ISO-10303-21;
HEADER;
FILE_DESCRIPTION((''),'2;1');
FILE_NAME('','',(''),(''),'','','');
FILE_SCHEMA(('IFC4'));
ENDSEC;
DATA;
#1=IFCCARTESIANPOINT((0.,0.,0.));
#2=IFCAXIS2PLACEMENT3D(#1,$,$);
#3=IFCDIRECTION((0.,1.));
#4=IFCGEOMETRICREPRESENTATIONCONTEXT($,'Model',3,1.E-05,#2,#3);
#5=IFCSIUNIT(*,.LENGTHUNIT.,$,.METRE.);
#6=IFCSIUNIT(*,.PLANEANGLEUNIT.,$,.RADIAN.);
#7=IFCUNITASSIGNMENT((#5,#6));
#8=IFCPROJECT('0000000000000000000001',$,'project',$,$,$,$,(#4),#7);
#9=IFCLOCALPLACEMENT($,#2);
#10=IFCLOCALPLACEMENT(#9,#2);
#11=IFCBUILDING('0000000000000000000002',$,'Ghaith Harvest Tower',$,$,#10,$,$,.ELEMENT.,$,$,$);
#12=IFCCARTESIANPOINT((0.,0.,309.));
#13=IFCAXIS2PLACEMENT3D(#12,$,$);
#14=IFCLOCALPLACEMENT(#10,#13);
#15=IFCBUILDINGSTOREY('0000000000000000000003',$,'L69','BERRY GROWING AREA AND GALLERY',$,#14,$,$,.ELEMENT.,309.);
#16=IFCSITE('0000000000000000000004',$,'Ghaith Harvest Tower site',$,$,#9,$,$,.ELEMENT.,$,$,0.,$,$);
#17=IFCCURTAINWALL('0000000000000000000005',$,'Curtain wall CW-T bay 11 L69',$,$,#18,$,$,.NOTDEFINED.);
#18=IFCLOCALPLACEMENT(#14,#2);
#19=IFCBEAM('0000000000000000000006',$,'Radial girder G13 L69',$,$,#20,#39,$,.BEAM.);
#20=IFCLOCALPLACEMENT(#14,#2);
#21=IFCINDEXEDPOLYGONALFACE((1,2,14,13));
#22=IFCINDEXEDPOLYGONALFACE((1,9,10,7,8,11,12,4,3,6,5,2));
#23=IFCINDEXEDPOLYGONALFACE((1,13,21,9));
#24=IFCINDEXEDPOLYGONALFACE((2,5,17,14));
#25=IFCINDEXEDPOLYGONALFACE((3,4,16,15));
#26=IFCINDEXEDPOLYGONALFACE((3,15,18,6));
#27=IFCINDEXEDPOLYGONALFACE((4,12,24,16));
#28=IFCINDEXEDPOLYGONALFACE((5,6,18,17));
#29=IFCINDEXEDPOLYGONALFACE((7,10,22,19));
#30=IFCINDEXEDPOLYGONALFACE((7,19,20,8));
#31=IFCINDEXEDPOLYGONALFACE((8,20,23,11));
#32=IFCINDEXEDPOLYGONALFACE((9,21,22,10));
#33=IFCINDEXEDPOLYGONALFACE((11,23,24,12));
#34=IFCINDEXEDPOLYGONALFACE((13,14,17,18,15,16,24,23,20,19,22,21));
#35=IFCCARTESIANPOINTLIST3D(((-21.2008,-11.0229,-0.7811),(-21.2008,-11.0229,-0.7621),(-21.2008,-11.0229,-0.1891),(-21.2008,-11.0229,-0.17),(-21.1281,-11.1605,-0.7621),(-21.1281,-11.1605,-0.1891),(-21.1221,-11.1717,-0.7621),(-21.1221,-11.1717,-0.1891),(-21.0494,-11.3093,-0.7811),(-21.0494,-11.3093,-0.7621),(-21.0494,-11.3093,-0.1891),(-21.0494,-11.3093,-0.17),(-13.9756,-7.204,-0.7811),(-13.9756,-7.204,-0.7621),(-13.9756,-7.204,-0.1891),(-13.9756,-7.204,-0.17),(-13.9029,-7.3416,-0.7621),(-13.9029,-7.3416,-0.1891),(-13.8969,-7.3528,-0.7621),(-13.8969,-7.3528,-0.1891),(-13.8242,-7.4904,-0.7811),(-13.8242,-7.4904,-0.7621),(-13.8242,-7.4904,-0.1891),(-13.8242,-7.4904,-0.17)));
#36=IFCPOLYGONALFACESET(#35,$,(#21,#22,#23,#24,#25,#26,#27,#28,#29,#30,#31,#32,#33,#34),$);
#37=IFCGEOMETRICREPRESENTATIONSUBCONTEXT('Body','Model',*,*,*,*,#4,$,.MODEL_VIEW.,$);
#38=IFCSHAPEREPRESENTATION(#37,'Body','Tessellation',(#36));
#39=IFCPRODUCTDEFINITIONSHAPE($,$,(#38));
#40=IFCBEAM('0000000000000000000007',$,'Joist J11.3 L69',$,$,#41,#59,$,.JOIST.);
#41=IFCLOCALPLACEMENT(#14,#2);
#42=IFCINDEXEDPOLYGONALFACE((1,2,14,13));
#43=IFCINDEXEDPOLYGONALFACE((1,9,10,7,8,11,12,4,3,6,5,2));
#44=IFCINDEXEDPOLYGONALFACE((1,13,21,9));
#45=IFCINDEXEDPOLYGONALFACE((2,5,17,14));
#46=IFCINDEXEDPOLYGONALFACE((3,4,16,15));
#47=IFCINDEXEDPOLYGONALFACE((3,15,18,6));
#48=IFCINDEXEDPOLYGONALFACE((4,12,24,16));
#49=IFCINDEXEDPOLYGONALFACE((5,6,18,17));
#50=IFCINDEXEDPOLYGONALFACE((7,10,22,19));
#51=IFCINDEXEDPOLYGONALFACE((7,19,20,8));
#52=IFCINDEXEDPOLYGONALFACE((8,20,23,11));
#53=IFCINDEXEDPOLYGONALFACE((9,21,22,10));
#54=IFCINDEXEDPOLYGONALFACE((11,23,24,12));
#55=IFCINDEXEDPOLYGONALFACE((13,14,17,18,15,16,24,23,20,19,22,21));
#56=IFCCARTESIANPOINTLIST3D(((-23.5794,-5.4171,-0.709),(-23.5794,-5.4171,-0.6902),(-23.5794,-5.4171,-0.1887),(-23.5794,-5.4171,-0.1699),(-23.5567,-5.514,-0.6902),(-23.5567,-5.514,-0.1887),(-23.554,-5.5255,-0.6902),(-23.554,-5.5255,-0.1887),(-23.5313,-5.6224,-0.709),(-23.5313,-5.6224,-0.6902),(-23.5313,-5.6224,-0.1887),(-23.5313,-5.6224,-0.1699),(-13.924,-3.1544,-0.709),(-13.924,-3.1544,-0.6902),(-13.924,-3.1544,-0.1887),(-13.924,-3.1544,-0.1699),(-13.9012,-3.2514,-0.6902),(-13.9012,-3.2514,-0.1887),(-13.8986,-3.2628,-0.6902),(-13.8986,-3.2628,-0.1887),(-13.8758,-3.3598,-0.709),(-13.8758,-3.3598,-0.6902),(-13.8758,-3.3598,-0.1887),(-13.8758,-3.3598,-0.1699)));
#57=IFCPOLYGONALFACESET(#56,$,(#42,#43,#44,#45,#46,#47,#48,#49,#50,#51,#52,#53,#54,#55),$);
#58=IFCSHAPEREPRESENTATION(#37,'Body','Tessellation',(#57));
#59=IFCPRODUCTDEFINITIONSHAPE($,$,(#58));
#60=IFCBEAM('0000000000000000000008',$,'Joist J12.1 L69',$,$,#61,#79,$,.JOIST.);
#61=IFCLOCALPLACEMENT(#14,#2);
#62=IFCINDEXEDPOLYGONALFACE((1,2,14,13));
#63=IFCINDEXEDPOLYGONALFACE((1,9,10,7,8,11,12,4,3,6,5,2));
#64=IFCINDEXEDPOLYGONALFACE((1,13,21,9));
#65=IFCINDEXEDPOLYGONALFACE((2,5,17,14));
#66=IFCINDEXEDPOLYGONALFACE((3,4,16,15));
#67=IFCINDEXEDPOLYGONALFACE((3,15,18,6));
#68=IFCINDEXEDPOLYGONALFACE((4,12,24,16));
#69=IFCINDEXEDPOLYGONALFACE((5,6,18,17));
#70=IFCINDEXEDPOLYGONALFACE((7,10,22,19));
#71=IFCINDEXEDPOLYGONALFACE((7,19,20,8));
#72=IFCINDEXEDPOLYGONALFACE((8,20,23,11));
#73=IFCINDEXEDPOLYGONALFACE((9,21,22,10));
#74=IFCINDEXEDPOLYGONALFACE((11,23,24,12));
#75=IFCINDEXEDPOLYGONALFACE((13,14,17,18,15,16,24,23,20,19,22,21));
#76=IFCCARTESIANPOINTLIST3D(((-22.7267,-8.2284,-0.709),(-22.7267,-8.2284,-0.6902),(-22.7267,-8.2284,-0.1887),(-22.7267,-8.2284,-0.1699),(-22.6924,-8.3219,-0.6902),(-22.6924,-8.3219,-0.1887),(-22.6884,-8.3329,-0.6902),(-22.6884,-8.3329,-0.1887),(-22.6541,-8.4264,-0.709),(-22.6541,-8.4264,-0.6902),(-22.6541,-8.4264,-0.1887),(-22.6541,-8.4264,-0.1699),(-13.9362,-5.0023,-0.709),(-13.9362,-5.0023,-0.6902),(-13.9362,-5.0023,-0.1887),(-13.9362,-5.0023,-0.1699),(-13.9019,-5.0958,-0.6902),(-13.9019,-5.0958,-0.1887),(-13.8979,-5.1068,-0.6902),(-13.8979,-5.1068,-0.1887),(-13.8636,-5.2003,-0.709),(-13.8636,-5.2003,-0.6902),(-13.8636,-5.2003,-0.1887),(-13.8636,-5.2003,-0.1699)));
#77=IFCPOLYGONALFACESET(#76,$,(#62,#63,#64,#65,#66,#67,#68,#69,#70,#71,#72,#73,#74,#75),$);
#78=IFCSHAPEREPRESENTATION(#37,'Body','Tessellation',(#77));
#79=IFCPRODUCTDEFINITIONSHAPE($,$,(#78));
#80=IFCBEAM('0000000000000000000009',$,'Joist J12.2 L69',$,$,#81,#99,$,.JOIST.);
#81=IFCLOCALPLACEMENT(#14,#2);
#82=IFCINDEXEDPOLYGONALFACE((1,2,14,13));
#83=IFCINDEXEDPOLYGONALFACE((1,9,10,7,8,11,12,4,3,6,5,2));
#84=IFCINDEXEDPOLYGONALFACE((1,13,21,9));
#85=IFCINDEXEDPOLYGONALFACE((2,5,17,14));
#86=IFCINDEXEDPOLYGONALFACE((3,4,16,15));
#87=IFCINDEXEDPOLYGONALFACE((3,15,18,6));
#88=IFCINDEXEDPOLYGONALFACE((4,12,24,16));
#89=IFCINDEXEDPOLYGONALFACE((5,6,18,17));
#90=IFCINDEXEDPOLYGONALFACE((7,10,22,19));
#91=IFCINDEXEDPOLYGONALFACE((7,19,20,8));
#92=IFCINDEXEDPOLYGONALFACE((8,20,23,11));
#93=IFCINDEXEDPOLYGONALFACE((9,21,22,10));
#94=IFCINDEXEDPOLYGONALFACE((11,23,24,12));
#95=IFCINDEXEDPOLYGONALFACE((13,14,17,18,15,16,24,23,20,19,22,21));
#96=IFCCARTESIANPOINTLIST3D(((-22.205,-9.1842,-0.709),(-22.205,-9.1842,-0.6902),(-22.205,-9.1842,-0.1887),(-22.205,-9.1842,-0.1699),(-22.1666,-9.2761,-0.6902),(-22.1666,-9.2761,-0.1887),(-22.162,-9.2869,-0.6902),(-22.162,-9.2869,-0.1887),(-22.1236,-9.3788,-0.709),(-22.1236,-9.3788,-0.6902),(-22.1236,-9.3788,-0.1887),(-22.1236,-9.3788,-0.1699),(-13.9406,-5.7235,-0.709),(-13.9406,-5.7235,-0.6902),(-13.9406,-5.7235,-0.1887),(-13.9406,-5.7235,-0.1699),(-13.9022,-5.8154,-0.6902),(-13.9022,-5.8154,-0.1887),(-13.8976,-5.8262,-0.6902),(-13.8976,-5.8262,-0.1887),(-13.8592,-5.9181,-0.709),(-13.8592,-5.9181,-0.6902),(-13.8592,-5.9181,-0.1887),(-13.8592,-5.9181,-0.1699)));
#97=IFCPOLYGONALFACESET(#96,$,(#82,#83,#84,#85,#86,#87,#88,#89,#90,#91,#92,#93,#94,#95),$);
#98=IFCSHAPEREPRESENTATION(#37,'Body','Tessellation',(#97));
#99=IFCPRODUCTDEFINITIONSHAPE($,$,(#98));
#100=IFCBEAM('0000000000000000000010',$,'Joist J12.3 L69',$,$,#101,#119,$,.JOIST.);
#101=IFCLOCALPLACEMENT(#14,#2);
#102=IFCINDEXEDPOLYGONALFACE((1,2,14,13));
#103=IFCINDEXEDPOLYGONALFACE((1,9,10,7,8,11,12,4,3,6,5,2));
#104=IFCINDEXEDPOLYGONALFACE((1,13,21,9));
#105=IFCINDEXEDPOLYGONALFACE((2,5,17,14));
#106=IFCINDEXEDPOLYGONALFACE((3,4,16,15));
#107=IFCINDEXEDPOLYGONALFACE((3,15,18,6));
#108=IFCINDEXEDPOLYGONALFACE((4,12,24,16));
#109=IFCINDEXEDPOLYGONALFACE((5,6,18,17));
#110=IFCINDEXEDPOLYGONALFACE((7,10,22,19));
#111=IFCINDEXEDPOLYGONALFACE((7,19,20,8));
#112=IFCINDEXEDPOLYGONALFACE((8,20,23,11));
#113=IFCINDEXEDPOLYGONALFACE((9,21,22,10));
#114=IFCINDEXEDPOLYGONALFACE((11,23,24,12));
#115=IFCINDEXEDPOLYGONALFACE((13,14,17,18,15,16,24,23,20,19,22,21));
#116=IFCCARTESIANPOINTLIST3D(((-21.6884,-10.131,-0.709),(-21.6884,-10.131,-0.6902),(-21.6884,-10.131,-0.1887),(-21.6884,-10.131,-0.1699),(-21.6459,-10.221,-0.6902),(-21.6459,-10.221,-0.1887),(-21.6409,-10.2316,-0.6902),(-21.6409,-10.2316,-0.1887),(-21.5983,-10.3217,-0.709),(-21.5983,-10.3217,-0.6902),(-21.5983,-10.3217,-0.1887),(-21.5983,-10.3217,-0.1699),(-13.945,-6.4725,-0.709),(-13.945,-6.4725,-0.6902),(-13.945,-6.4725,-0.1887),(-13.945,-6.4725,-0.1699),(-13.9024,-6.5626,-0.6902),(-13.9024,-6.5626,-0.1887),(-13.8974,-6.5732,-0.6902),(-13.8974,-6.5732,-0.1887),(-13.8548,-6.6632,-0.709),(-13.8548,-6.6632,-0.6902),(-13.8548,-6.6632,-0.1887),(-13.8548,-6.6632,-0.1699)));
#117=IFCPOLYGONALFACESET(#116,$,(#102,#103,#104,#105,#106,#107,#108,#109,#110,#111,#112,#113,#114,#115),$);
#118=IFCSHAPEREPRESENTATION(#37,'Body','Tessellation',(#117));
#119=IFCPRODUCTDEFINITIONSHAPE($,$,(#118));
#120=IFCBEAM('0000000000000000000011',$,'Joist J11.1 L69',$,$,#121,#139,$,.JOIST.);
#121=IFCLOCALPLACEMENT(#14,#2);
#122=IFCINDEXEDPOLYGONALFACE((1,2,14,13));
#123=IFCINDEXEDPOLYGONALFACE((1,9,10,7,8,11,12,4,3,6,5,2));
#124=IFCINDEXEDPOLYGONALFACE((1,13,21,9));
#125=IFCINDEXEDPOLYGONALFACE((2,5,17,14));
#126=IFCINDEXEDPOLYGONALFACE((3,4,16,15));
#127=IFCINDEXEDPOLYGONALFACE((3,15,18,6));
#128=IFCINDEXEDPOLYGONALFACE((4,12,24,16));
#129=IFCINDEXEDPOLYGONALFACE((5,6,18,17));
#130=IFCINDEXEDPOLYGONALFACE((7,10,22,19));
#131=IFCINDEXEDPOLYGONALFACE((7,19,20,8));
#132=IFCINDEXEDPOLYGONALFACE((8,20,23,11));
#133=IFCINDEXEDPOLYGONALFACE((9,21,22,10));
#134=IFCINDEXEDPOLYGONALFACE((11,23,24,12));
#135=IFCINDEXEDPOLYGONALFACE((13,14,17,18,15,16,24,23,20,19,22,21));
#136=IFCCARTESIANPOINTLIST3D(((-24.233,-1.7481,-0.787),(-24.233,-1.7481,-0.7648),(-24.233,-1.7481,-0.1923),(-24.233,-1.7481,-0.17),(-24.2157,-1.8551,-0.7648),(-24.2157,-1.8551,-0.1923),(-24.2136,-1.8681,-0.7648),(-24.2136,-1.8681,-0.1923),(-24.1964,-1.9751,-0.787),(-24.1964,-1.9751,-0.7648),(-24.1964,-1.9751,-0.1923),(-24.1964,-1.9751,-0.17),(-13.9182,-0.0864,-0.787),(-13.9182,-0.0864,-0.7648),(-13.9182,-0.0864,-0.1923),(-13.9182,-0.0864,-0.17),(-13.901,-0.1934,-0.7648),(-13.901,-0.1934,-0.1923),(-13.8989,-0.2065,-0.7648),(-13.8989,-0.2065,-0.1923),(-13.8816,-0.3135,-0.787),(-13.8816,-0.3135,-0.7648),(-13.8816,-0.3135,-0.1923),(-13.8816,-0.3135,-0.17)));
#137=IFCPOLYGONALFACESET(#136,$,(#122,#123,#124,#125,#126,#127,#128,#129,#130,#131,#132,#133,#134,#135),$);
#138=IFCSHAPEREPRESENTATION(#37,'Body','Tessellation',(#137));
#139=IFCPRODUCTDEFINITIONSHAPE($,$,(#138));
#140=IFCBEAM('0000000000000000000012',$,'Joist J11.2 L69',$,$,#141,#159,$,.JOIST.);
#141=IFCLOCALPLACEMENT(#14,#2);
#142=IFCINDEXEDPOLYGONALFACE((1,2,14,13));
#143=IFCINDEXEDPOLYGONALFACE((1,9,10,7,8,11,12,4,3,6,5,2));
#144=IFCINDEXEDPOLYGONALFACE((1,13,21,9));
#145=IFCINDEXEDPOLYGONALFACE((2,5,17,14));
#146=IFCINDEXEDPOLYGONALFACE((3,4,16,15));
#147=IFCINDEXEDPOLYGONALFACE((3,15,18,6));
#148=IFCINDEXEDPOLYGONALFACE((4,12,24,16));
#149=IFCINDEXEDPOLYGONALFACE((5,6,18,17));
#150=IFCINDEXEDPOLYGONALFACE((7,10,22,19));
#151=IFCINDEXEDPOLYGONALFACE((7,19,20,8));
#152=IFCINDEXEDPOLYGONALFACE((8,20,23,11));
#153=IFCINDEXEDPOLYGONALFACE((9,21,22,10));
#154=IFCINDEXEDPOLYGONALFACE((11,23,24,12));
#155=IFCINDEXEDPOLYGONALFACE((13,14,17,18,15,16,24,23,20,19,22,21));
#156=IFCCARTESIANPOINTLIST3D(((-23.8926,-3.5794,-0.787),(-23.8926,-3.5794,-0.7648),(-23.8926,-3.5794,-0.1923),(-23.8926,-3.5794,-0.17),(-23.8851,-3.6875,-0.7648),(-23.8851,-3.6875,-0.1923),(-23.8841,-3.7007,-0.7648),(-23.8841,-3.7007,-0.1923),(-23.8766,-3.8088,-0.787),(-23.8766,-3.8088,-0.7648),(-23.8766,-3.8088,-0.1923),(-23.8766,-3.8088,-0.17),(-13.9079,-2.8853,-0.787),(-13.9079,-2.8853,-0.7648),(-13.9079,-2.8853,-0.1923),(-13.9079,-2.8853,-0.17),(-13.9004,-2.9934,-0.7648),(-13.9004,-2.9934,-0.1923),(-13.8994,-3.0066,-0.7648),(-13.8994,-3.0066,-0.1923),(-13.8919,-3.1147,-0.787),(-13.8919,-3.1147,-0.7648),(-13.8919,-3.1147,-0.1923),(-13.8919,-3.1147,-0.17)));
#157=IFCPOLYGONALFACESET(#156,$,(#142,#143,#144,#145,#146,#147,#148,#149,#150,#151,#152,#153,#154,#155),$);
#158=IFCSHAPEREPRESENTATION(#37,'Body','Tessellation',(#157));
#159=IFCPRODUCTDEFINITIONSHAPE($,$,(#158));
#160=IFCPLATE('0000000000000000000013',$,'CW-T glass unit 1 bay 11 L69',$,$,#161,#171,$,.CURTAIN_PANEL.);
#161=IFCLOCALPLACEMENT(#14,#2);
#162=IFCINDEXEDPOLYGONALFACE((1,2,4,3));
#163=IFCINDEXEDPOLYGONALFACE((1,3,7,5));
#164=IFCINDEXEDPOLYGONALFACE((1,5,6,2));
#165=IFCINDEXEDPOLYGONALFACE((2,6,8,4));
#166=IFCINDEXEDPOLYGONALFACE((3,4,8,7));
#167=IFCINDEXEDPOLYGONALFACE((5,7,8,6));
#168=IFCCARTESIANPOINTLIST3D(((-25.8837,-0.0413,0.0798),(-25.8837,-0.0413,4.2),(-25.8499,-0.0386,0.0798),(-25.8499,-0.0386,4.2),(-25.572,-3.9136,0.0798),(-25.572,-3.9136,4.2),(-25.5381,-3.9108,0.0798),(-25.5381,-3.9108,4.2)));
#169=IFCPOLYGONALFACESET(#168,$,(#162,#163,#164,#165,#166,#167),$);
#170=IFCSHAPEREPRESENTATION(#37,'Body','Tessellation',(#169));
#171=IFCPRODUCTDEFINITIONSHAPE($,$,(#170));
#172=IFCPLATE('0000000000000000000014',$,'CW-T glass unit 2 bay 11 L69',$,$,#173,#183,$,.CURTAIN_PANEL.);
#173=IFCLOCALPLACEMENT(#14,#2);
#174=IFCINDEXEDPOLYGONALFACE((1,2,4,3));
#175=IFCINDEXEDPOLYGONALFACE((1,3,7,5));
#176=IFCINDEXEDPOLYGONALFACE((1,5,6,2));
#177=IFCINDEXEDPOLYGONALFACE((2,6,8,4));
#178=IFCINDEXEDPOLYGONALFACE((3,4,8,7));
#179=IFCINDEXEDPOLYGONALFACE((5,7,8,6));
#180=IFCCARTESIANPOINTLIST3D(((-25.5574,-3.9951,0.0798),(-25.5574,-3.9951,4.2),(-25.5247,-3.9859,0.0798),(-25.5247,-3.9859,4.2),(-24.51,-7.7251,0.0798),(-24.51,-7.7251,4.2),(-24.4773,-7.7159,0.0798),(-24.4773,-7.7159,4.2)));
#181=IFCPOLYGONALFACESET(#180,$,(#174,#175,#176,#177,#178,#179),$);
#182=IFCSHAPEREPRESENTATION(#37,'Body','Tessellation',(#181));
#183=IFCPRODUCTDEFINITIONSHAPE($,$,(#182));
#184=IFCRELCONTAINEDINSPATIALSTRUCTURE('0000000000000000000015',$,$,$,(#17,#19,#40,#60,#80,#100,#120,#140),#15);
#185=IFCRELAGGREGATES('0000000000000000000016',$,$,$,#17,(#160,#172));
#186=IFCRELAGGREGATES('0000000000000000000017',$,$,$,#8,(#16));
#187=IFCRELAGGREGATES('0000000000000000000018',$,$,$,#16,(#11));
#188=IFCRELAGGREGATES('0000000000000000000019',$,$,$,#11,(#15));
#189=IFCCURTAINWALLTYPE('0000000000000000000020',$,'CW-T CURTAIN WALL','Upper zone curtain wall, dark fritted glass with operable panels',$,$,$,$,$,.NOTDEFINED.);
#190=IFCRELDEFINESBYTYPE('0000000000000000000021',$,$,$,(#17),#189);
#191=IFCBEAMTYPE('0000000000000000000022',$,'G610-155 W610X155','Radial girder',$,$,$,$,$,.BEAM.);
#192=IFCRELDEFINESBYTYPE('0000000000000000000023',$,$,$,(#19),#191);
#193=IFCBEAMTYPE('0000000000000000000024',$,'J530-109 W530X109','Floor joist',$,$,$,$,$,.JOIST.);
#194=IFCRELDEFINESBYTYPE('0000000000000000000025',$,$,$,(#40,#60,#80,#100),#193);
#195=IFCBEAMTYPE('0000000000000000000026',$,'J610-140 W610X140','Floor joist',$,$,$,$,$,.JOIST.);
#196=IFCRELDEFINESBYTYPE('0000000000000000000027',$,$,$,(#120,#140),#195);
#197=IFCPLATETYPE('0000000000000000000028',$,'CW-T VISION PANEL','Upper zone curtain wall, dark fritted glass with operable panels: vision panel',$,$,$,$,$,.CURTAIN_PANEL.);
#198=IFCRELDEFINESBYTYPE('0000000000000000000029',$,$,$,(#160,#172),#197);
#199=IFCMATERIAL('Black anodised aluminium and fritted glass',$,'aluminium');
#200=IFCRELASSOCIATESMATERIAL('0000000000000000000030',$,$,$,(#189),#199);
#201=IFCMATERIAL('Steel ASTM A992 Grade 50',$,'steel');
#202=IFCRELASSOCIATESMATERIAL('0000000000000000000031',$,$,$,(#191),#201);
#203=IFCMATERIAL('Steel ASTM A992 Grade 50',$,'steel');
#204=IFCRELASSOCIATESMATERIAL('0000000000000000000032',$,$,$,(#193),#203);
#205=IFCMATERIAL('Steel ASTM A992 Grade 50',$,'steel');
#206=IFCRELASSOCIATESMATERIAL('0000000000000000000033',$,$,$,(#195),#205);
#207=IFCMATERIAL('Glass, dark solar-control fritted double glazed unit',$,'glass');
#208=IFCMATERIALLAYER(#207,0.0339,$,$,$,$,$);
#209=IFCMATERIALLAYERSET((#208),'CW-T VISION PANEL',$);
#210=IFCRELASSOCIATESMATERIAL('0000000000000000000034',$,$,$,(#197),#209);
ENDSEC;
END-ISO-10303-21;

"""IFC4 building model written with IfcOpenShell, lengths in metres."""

from ifc_helpers import new_model, si_unit, direction, frame, origin, origin_2d, place, context, subcontext, project, spatial, rectangle, i_section, extrude, material, layer, layer_set, material_profile, profile_set, type_object, element, aggregate, save


model = new_model("IFC4")

# Units and contexts
model_context = context("Model", 3, precision=1e-05, world=origin(), true_north=direction((0.0, 1.0)))
body_context = subcontext(model_context, "Body", "Model", "MODEL_VIEW")
ifc_project = project(units=[si_unit("LENGTHUNIT", "METRE"), si_unit("PLANEANGLEUNIT", "RADIAN")], contexts=[model_context])

# Site, building, storey
site_placement = place(None, origin())
site = spatial("IfcSite", under=ifc_project, at=site_placement, Name="Ghaith Harvest Tower site", CompositionType="ELEMENT", RefElevation=0.0)
building_placement = place(site_placement, origin())
building = spatial("IfcBuilding", under=site, at=building_placement, Name="Ghaith Harvest Tower", CompositionType="ELEMENT")
storey_placement = place(building_placement, frame((0.0, 0.0, 309.0)))
storey = spatial("IfcBuildingStorey", under=building, at=storey_placement, Name="L69", Description="BERRY GROWING AREA AND GALLERY", CompositionType="ELEMENT", Elevation=309.0)

# Curtain wall
ifc_material_1 = material(Name="Black anodised aluminium and fritted glass", Category="aluminium")
curtain_wall_type = type_object("IfcCurtainWallType", Name="CW-T CURTAIN WALL", Description="Upper zone curtain wall, dark fritted glass with operable panels", PredefinedType="NOTDEFINED", material=ifc_material_1)
curtain_wall_1_placement = place(storey_placement, origin())
curtain_wall_1 = element("IfcCurtainWall", 1, at=curtain_wall_1_placement, inside=storey, type_object=curtain_wall_type, Name="Curtain wall CW-T bay 11 L69", PredefinedType="NOTDEFINED")

# Beams
ifc_material_2 = material(Name="Steel ASTM A992 Grade 50", Category="steel")
ifc_material_profile_1 = material_profile(ifc_material_2, i_section(OverallWidth=0.324, OverallDepth=0.6111, WebThickness=0.0127, FlangeThickness=0.019, at=origin_2d()), Name="W610X155")
ifc_profile_set_1 = profile_set([ifc_material_profile_1], Name="Steel ASTM A992 Grade 50")
beam_type_1 = type_object("IfcBeamType", Name="G610-155 W610X155", Description="Radial girder", PredefinedType="BEAM", material=ifc_profile_set_1)
beam_1_placement = place(storey_placement, frame((-13.8999, -7.3472, -0.4756), z_axis=(-0.884102, -0.467295, 0.0), x_axis=(0.467295, -0.884102, 0.0)))
element("IfcBeam", 2, at=beam_1_placement, inside=storey, type_object=beam_type_1, Name="Radial girder G13 L69", PredefinedType="BEAM", context=body_context, shape_type="SweptSolid", body=[
    extrude(i_section(OverallWidth=0.324, OverallDepth=0.6111, WebThickness=0.0127, FlangeThickness=0.019, at=origin_2d()), origin(), (0.0, 0.0, 1.0), 8.1724),
])
ifc_material_3 = material(Name="Steel ASTM A992 Grade 50", Category="steel")
ifc_material_profile_2 = material_profile(ifc_material_3, i_section(OverallWidth=0.2109, OverallDepth=0.5391, WebThickness=0.0117, FlangeThickness=0.0188, at=origin_2d()), Name="W530X109")
ifc_profile_set_2 = profile_set([ifc_material_profile_2], Name="Steel ASTM A992 Grade 50")
beam_type_2 = type_object("IfcBeamType", Name="J530-109 W530X109", Description="Floor joist", PredefinedType="JOIST", material=ifc_profile_set_2)
beam_2_placement = place(storey_placement, frame((-13.8999, -3.2571, -0.4395), z_axis=(-0.973623, -0.228161, 0.0), x_axis=(0.228161, -0.973623, 0.0)))
element("IfcBeam", 3, at=beam_2_placement, inside=storey, type_object=beam_type_2, Name="Joist J11.3 L69", PredefinedType="JOIST", context=body_context, shape_type="SweptSolid", body=[
    extrude(i_section(OverallWidth=0.2109, OverallDepth=0.5391, WebThickness=0.0117, FlangeThickness=0.0188, at=origin_2d()), origin(), (0.0, 0.0, 1.0), 9.917),
])
beam_3_placement = place(storey_placement, frame((-13.8999, -5.1013, -0.4395), z_axis=(-0.938777, -0.344526, 0.0), x_axis=(0.344526, -0.938777, 0.0)))
element("IfcBeam", 4, at=beam_3_placement, inside=storey, type_object=beam_type_2, Name="Joist J12.1 L69", PredefinedType="JOIST", context=body_context, shape_type="SweptSolid", body=[
    extrude(i_section(OverallWidth=0.2109, OverallDepth=0.5391, WebThickness=0.0117, FlangeThickness=0.0188, at=origin_2d()), origin(), (0.0, 0.0, 1.0), 9.3638),
])
beam_4_placement = place(storey_placement, frame((-13.8999, -5.8208, -0.4395), z_axis=(-0.922394, -0.38625, 0.0), x_axis=(0.38625, -0.922394, 0.0)))
element("IfcBeam", 5, at=beam_4_placement, inside=storey, type_object=beam_type_2, Name="Joist J12.2 L69", PredefinedType="JOIST", context=body_context, shape_type="SweptSolid", body=[
    extrude(i_section(OverallWidth=0.2109, OverallDepth=0.5391, WebThickness=0.0117, FlangeThickness=0.0188, at=origin_2d()), origin(), (0.0, 0.0, 1.0), 8.9597),
])
beam_5_placement = place(storey_placement, frame((-13.8999, -6.5679, -0.4395), z_axis=(-0.904166, -0.427182, 0.0), x_axis=(0.427182, -0.904166, 0.0)))
element("IfcBeam", 6, at=beam_5_placement, inside=storey, type_object=beam_type_2, Name="Joist J12.3 L69", PredefinedType="JOIST", context=body_context, shape_type="SweptSolid", body=[
    extrude(i_section(OverallWidth=0.2109, OverallDepth=0.5391, WebThickness=0.0117, FlangeThickness=0.0188, at=origin_2d()), origin(), (0.0, 0.0, 1.0), 8.5642),
])
ifc_material_4 = material(Name="Steel ASTM A992 Grade 50", Category="steel")
ifc_material_profile_3 = material_profile(ifc_material_4, i_section(OverallWidth=0.23, OverallDepth=0.6169, WebThickness=0.0132, FlangeThickness=0.0222, at=origin_2d()), Name="W610X140")
ifc_profile_set_3 = profile_set([ifc_material_profile_3], Name="Steel ASTM A992 Grade 50")
beam_type_3 = type_object("IfcBeamType", Name="J610-140 W610X140", Description="Floor joist", PredefinedType="JOIST", material=ifc_profile_set_3)
beam_6_placement = place(storey_placement, frame((-13.8999, -0.2, -0.4785), z_axis=(-0.987272, -0.159042, 0.0), x_axis=(0.159042, -0.987272, 0.0)))
element("IfcBeam", 7, at=beam_6_placement, inside=storey, type_object=beam_type_3, Name="Joist J11.1 L69", PredefinedType="JOIST", context=body_context, shape_type="SweptSolid", body=[
    extrude(i_section(OverallWidth=0.23, OverallDepth=0.6169, WebThickness=0.0132, FlangeThickness=0.0222, at=origin_2d()), origin(), (0.0, 0.0, 1.0), 10.4478),
])
beam_7_placement = place(storey_placement, frame((-13.8999, -3.0, -0.4785), z_axis=(-0.997592, -0.069349, 0.0), x_axis=(0.069349, -0.997592, 0.0)))
element("IfcBeam", 8, at=beam_7_placement, inside=storey, type_object=beam_type_3, Name="Joist J11.2 L69", PredefinedType="JOIST", context=body_context, shape_type="SweptSolid", body=[
    extrude(i_section(OverallWidth=0.23, OverallDepth=0.6169, WebThickness=0.0132, FlangeThickness=0.0222, at=origin_2d()), origin(), (0.0, 0.0, 1.0), 10.0088),
])

# Plates
ifc_material_5 = material(Name="Glass, dark solar-control fritted double glazed unit", Category="glass")
ifc_layer_1 = layer(ifc_material_5, 0.0339)
ifc_layer_set_1 = layer_set([ifc_layer_1], Name="CW-T VISION PANEL")
plate_type_1 = type_object("IfcPlateType", Name="CW-T VISION PANEL", Description="Upper zone curtain wall, dark fritted glass with operable panels: vision panel", PredefinedType="CURTAIN_PANEL", material=ifc_layer_set_1)
plate_1_placement = place(storey_placement, frame((-25.7109, -1.9761, 0.0798), z_axis=(0.0, 0.0, 1.0), x_axis=(0.080258, -0.996774, 0.0)))
plate_1 = element("IfcPlate", 9, at=plate_1_placement, type_object=plate_type_1, Name="CW-T glass unit 1 bay 11 L69", PredefinedType="CURTAIN_PANEL", context=body_context, shape_type="SweptSolid", body=[
    extrude(rectangle(XDim=3.8848, YDim=0.0339, at=origin_2d()), origin(), (0.0, 0.0, 1.0), 4.1201),
])
plate_2_placement = place(storey_placement, frame((-25.0173, -5.8555, 0.0798), z_axis=(0.0, 0.0, 1.0), x_axis=(0.270355, -0.962761, 0.0)))
plate_2 = element("IfcPlate", 10, at=plate_2_placement, type_object=plate_type_1, Name="CW-T glass unit 2 bay 11 L69", PredefinedType="CURTAIN_PANEL", context=body_context, shape_type="SweptSolid", body=[
    extrude(rectangle(XDim=3.8743, YDim=0.0339, at=origin_2d()), origin(), (0.0, 0.0, 1.0), 4.1201),
])
aggregate(curtain_wall_1, [plate_1, plate_2])

save(model, "model.ifc")
